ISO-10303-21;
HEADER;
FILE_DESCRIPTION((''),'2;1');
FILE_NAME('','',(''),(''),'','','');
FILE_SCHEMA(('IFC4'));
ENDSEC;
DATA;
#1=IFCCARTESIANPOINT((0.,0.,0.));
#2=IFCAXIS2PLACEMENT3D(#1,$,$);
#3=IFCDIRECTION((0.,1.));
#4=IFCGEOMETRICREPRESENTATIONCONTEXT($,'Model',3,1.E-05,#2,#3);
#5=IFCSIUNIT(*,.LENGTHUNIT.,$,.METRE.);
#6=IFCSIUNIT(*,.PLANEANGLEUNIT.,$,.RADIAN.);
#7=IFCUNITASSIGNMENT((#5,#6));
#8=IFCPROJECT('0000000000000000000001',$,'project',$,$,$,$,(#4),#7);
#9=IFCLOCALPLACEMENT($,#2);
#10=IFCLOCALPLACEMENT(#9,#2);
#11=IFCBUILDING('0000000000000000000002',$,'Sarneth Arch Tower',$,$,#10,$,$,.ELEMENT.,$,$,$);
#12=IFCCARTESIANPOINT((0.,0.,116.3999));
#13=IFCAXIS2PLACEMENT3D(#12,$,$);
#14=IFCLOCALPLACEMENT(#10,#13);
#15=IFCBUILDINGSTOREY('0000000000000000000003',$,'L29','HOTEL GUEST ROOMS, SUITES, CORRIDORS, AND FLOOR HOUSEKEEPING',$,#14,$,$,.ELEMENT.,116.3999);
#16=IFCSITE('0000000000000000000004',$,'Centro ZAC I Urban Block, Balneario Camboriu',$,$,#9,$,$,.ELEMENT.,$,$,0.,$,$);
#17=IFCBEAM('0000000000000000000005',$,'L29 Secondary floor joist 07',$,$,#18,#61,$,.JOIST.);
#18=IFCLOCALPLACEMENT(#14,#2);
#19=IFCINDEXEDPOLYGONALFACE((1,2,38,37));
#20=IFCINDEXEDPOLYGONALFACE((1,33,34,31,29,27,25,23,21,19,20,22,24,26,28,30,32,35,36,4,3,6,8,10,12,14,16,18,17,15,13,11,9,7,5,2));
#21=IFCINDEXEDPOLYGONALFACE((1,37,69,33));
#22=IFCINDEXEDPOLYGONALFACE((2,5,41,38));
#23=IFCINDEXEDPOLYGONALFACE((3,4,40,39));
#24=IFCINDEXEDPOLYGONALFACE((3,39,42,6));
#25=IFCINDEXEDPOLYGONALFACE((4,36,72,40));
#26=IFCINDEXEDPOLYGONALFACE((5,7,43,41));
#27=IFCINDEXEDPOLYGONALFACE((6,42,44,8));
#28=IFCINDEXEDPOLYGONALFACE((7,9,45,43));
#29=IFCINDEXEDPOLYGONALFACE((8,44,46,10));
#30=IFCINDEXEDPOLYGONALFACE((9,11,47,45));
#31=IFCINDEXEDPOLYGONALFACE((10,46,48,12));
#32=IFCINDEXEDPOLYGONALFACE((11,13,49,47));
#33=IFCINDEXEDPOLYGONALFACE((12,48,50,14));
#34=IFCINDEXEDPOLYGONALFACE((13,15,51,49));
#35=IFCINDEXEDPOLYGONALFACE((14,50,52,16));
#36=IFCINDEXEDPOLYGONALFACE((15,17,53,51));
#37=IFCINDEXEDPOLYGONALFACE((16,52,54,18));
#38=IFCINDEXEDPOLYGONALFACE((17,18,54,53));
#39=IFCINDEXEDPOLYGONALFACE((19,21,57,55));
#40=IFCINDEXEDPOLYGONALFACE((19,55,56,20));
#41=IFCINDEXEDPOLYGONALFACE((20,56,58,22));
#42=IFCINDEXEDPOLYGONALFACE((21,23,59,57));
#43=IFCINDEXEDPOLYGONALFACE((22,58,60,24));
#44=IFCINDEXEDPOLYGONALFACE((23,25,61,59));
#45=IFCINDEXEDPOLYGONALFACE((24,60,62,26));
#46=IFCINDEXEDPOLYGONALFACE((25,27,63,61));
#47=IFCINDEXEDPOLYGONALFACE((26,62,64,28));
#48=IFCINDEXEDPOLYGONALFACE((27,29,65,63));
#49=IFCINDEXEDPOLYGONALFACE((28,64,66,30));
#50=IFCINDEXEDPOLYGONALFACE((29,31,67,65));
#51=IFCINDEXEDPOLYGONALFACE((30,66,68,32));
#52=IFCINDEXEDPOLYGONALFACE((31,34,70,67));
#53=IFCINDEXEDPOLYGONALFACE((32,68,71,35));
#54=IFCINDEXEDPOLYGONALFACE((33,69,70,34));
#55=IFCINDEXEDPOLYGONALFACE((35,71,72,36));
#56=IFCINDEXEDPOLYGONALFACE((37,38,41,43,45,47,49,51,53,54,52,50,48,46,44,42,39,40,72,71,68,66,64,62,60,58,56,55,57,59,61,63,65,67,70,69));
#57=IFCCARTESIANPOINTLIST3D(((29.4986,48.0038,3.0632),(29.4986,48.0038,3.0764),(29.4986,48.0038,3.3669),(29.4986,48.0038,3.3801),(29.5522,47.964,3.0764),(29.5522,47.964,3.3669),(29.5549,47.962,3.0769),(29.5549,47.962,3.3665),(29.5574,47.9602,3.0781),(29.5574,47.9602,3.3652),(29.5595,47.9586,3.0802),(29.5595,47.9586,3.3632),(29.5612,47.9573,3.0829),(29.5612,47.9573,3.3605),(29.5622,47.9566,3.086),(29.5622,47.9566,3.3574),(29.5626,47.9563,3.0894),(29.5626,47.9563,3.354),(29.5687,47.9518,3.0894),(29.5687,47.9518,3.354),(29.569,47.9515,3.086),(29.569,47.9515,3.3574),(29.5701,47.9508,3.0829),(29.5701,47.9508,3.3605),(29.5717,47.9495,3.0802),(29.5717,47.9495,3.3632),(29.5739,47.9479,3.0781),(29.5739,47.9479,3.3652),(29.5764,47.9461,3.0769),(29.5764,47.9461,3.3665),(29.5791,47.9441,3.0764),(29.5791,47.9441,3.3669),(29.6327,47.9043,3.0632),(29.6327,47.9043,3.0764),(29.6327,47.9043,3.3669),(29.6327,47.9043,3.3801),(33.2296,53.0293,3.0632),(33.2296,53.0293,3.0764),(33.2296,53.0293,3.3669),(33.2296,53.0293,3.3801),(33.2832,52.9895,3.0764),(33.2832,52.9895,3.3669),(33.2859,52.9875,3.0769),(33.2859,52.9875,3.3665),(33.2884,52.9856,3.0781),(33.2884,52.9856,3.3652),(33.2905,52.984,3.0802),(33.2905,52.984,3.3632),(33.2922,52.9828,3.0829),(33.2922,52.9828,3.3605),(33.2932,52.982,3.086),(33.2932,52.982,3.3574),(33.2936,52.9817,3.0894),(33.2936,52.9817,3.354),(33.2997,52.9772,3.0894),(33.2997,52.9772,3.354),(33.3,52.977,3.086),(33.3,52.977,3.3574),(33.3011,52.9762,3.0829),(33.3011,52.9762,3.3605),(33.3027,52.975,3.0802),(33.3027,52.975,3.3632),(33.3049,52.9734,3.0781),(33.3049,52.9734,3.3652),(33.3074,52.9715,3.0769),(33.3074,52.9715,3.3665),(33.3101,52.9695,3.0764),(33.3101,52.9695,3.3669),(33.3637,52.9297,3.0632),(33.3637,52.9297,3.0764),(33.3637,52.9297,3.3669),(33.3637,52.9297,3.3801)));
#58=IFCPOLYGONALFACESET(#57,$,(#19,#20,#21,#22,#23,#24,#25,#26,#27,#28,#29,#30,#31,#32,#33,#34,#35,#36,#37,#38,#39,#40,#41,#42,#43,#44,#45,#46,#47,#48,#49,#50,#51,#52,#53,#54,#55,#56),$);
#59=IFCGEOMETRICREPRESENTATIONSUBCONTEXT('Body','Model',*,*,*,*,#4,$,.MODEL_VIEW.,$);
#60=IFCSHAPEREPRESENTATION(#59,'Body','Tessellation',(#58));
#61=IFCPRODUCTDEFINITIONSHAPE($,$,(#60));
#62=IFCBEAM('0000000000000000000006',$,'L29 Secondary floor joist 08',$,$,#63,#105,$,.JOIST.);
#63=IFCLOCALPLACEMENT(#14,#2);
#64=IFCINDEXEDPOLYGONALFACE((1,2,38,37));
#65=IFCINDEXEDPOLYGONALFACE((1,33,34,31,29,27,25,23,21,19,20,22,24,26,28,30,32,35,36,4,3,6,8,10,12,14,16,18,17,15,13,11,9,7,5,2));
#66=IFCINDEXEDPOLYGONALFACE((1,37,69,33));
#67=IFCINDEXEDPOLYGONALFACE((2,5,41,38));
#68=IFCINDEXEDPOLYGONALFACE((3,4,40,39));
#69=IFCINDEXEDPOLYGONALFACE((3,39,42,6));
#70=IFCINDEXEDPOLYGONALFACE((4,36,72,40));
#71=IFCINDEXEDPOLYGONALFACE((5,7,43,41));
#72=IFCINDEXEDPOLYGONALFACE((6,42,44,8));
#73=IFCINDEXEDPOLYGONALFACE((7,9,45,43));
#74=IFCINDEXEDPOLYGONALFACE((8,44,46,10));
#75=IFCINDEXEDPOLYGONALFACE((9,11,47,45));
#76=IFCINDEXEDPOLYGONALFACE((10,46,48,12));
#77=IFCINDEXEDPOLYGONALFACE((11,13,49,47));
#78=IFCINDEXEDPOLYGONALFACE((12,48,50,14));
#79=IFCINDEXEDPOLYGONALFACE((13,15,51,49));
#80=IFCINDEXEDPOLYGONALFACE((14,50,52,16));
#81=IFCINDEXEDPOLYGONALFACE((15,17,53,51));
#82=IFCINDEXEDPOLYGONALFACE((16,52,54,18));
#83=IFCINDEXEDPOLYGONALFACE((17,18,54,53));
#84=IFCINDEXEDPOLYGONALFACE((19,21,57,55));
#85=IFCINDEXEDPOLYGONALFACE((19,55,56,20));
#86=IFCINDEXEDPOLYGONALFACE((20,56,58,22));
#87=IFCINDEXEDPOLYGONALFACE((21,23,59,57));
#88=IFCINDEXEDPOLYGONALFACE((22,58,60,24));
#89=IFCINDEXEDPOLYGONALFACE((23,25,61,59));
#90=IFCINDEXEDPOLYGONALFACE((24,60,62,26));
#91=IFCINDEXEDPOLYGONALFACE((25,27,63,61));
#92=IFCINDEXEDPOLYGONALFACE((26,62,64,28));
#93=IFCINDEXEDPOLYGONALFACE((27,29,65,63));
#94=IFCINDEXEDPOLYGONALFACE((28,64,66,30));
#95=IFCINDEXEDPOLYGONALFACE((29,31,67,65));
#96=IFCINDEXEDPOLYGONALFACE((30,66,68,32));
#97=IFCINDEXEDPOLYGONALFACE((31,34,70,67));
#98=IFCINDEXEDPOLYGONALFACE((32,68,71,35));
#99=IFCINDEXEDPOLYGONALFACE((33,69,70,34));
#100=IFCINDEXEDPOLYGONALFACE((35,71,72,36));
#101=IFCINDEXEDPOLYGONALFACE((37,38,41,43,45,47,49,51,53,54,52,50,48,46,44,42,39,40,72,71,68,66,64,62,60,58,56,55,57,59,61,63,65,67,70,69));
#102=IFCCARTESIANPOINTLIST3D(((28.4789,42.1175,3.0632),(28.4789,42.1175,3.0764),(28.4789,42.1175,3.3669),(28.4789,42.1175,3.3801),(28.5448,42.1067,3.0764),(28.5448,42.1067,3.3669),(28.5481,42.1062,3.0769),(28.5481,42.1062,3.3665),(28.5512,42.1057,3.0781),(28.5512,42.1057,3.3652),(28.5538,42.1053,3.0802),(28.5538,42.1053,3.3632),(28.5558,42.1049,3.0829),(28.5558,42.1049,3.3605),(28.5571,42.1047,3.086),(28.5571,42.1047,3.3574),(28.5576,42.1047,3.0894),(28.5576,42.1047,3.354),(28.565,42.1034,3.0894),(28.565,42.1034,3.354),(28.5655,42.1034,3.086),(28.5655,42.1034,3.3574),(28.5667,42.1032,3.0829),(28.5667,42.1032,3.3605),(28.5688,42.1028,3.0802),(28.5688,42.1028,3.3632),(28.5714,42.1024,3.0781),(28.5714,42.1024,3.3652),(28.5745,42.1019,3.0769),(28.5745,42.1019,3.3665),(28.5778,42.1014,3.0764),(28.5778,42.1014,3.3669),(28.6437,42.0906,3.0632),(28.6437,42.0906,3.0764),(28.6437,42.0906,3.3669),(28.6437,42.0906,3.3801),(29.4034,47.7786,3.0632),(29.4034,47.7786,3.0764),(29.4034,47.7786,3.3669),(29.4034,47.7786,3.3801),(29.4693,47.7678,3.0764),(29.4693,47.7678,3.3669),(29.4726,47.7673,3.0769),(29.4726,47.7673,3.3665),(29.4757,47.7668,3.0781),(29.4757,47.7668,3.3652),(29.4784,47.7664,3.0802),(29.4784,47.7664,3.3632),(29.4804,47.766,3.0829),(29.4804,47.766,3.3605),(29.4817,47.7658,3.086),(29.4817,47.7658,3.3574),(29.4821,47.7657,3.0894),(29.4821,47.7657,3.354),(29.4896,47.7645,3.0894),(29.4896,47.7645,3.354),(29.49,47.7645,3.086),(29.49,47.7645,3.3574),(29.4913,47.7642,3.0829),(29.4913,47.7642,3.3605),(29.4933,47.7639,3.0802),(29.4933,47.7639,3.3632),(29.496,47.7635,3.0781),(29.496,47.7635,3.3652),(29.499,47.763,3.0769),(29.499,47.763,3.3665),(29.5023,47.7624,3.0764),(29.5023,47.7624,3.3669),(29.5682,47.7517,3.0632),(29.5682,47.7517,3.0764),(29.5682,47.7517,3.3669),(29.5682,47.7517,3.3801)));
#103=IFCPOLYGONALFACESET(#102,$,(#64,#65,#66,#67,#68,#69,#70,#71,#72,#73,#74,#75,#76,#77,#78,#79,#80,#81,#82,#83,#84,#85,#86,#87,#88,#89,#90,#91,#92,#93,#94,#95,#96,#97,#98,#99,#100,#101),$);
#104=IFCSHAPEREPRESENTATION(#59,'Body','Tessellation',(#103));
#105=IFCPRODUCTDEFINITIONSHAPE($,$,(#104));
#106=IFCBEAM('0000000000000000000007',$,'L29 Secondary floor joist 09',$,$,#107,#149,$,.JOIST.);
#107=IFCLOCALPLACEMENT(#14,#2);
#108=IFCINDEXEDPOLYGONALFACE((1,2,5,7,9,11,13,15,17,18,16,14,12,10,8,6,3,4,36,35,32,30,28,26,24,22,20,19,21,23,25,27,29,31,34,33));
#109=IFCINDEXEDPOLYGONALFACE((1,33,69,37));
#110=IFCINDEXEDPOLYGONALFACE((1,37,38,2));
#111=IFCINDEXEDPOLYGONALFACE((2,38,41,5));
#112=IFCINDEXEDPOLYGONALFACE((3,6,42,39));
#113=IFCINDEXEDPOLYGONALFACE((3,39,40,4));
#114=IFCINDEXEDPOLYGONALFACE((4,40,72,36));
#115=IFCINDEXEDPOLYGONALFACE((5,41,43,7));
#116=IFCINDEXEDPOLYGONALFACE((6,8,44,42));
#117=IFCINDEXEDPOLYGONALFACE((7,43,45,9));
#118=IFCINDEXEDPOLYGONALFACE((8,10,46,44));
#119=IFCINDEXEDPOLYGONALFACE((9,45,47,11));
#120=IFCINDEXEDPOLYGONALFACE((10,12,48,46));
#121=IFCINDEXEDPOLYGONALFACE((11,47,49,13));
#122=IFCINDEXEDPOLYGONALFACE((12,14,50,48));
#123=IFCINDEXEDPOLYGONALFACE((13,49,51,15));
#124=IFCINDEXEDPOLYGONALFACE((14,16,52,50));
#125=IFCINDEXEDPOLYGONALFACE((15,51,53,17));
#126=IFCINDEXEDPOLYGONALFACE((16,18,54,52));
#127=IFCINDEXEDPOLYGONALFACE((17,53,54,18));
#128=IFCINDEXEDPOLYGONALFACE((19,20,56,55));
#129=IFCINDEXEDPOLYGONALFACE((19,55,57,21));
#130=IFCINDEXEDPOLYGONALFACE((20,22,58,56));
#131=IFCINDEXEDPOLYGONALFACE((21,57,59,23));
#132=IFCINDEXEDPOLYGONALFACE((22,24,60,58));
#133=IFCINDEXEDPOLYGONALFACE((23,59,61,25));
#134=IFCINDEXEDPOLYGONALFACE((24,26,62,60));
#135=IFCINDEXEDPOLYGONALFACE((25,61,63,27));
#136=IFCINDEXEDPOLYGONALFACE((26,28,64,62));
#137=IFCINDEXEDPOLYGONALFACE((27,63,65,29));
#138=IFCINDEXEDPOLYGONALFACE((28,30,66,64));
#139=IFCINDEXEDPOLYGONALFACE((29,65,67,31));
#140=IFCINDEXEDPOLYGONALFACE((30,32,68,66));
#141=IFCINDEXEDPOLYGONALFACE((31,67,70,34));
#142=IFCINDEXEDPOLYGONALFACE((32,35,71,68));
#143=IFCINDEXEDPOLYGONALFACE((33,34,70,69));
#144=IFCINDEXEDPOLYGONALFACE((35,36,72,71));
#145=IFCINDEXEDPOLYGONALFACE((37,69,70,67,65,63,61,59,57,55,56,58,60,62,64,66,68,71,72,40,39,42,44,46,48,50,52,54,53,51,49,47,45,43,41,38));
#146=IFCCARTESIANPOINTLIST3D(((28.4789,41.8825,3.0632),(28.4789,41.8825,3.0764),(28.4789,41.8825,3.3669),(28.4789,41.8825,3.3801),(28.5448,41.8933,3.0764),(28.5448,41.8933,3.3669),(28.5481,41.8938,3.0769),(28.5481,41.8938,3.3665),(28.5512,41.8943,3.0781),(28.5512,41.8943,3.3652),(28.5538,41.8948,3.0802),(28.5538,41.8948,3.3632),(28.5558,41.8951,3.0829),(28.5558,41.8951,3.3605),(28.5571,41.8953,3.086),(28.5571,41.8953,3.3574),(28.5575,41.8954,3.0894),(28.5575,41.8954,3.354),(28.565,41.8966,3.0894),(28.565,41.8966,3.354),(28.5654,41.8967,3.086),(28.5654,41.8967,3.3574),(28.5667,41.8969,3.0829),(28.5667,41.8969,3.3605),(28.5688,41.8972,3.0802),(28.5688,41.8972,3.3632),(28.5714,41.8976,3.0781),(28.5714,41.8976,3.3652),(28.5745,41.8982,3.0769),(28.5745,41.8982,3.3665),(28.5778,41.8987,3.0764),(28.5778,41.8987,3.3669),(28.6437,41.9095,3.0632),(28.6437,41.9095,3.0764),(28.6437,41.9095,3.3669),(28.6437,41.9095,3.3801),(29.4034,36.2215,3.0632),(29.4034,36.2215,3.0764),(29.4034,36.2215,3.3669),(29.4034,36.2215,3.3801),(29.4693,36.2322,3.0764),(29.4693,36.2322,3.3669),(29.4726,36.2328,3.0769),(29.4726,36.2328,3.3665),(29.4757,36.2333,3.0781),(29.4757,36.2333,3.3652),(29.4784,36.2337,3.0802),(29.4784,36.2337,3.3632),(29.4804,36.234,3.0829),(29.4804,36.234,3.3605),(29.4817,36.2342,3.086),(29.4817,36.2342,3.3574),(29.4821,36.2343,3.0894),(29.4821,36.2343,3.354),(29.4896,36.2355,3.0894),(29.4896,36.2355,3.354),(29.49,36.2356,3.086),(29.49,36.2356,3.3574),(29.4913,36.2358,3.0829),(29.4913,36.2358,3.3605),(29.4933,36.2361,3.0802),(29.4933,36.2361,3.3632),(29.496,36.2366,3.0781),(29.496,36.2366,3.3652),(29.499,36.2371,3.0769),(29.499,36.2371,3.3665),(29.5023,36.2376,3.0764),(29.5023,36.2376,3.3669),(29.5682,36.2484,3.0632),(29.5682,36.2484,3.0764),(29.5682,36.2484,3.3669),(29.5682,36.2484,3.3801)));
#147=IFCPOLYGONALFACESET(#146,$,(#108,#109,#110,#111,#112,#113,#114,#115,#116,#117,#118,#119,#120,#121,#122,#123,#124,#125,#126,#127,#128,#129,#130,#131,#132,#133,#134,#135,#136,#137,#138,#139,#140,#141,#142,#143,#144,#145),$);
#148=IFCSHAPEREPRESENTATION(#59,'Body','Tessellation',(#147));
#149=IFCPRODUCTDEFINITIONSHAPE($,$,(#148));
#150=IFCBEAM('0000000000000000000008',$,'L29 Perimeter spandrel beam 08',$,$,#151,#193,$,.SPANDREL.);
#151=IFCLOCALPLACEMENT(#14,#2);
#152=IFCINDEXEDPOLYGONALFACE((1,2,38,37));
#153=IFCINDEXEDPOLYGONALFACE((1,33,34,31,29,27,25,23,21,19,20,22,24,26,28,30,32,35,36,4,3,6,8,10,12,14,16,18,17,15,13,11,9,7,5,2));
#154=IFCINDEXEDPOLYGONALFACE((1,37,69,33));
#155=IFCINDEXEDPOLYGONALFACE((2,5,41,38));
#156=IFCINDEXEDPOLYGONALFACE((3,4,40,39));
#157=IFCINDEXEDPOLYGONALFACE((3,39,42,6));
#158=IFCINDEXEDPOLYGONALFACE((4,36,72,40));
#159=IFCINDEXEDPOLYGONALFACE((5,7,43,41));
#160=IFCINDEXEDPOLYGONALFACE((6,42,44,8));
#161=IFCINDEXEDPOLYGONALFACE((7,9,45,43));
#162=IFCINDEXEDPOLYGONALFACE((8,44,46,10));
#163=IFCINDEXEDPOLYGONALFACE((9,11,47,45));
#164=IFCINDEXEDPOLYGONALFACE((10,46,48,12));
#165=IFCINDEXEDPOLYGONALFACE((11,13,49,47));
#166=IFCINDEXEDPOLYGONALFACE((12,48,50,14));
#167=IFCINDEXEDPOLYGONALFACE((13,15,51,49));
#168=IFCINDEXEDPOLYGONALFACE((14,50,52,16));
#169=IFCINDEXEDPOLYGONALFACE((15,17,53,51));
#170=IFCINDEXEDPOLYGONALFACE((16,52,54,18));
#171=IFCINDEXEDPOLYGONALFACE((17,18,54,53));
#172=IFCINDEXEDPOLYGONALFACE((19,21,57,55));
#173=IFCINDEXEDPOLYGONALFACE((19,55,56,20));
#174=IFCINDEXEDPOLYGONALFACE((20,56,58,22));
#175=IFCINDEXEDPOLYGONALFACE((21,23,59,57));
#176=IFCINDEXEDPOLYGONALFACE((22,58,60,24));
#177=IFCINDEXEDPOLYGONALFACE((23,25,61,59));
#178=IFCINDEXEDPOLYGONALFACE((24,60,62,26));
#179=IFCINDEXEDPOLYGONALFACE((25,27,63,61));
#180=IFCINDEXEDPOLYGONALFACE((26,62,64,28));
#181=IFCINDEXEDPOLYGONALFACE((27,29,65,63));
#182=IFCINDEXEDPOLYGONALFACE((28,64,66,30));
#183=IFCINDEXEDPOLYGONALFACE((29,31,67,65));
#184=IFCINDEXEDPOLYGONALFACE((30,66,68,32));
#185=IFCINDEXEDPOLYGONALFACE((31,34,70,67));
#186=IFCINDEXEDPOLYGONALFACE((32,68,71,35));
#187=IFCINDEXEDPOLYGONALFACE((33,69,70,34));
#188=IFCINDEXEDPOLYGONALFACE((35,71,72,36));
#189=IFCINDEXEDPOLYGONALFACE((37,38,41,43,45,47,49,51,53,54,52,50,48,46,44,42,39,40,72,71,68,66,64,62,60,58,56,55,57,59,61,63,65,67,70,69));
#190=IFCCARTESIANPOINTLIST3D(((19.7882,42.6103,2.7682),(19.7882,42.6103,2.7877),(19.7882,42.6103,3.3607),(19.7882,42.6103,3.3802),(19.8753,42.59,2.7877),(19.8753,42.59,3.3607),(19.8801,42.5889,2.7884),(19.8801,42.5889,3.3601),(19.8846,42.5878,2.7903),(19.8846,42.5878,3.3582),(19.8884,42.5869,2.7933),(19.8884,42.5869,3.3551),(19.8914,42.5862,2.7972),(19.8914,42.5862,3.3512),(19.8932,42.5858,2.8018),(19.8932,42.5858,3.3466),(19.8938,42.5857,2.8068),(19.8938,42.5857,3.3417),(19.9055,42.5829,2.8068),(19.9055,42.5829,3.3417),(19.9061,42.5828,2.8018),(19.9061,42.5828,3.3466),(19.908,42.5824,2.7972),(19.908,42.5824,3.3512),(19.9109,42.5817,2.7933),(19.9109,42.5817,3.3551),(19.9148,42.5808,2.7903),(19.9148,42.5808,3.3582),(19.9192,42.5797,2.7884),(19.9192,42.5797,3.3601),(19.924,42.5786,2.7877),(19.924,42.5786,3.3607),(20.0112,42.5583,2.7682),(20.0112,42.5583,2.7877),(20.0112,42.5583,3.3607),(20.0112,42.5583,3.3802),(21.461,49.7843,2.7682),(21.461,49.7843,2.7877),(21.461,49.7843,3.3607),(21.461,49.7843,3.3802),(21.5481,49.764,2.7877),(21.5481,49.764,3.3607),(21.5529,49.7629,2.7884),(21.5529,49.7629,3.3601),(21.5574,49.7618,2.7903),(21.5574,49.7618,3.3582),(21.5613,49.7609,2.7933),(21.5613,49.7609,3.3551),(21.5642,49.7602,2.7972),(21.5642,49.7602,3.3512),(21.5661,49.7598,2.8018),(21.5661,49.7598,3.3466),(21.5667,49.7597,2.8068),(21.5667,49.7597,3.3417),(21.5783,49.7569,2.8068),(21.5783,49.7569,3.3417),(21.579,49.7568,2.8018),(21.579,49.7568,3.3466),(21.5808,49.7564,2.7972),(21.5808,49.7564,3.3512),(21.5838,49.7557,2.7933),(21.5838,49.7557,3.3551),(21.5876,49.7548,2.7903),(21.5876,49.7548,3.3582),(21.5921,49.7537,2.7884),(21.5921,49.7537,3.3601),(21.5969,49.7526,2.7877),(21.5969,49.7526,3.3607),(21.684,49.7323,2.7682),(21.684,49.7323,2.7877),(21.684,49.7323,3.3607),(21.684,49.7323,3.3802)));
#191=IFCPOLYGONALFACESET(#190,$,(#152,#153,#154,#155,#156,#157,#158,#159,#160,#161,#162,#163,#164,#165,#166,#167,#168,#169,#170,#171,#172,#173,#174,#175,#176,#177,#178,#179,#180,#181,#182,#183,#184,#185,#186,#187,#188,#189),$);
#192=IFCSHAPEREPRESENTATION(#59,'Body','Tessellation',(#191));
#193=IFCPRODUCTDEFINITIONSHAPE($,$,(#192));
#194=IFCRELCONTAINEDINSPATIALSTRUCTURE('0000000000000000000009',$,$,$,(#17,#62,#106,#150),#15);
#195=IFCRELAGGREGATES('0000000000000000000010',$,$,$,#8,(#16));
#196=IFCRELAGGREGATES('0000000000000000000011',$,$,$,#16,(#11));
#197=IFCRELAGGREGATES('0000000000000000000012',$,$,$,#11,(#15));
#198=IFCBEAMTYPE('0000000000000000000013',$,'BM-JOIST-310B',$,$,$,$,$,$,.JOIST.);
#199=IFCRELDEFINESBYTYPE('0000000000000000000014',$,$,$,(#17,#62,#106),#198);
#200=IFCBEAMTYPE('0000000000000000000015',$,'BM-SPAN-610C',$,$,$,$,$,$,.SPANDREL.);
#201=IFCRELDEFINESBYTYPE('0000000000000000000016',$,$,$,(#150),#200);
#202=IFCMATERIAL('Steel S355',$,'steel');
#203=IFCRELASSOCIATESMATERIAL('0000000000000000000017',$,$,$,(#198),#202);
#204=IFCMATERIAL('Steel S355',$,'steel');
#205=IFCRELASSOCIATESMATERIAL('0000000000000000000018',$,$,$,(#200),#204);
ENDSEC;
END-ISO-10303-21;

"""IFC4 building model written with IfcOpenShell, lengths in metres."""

from ifc_helpers import new_model, si_unit, direction, frame, origin, origin_2d, place, context, subcontext, project, spatial, i_section, extrude, material, material_profile, profile_set, type_object, element, save


model = new_model("IFC4")

# Units and contexts
model_context = context("Model", 3, precision=1e-05, world=origin(), true_north=direction((0.0, 1.0)))
body_context = subcontext(model_context, "Body", "Model", "MODEL_VIEW")
ifc_project = project(units=[si_unit("LENGTHUNIT", "METRE"), si_unit("PLANEANGLEUNIT", "RADIAN")], contexts=[model_context])

# Site, building, storey
site_placement = place(None, origin())
site = spatial("IfcSite", under=ifc_project, at=site_placement, Name="Centro ZAC I Urban Block, Balneario Camboriu", CompositionType="ELEMENT", RefElevation=0.0)
building_placement = place(site_placement, origin())
building = spatial("IfcBuilding", under=site, at=building_placement, Name="Sarneth Arch Tower", CompositionType="ELEMENT")
storey_placement = place(building_placement, frame((0.0, 0.0, 116.3999)))
storey = spatial("IfcBuildingStorey", under=building, at=storey_placement, Name="L29", Description="HOTEL GUEST ROOMS, SUITES, CORRIDORS, AND FLOOR HOUSEKEEPING", CompositionType="ELEMENT", Elevation=116.3999)

# Beams
ifc_material_1 = material(Name="Steel S355", Category="steel")
ifc_material_profile_1 = material_profile(ifc_material_1, i_section(OverallWidth=0.167, OverallDepth=0.3169, WebThickness=0.0076, FlangeThickness=0.0132, FilletRadius=0.0129, at=origin_2d()), Name="W310x52")
ifc_profile_set_1 = profile_set([ifc_material_profile_1], Name="Steel S355")
beam_type_1 = type_object("IfcBeamType", Name="BM-JOIST-310B", PredefinedType="JOIST", material=ifc_profile_set_1)
beam_1_placement = place(storey_placement, frame((33.2966, 52.9795, 3.2217), z_axis=(-0.596098, -0.802911, 0.0), x_axis=(0.802911, -0.596098, 0.0)))
element("IfcBeam", 1, at=beam_1_placement, inside=storey, type_object=beam_type_1, Name="L29 Secondary floor joist 07", PredefinedType="JOIST", context=body_context, shape_type="SweptSolid", body=[
    extrude(i_section(OverallWidth=0.167, OverallDepth=0.3169, WebThickness=0.0076, FlangeThickness=0.0132, FilletRadius=0.0129, at=origin_2d()), origin(), (0.0, 0.0, 1.0), 6.259),
])
for number, where, z_axis, x_axis, name in (
    (2, (29.4858, 47.7651, 3.2217), (-0.161182, -0.986925, 0.0), (0.986925, -0.161182, 0.0), "L29 Secondary floor joist 08"),
    (3, (28.5613, 41.896, 3.2217), (0.161182, -0.986925, 0.0), (0.986925, 0.161182, 0.0), "L29 Secondary floor joist 09"),
):
    element("IfcBeam", number, at=place(storey_placement, frame(where, z_axis=z_axis, x_axis=x_axis)), inside=storey, type_object=beam_type_1, Name=name, PredefinedType="JOIST", context=body_context, shape_type="SweptSolid", body=[
        extrude(i_section(OverallWidth=0.167, OverallDepth=0.3169, WebThickness=0.0076, FlangeThickness=0.0132, FilletRadius=0.0129, at=origin_2d()), origin(), (0.0, 0.0, 1.0), 5.7361),
    ])
ifc_material_2 = material(Name="Steel S355", Category="steel")
ifc_material_profile_2 = material_profile(ifc_material_2, i_section(OverallWidth=0.229, OverallDepth=0.6121, WebThickness=0.012, FlangeThickness=0.0195, FilletRadius=0.019, at=origin_2d()), Name="W610x125")
ifc_profile_set_2 = profile_set([ifc_material_profile_2], Name="Steel S355")
beam_type_2 = type_object("IfcBeamType", Name="BM-SPAN-610C", PredefinedType="SPANDREL", material=ifc_profile_set_2)
beam_2_placement = place(storey_placement, frame((21.5725, 49.7583, 3.0742), z_axis=(-0.227088, -0.973874, 0.0), x_axis=(0.973874, -0.227088, 0.0)))
element("IfcBeam", 4, at=beam_2_placement, inside=storey, type_object=beam_type_2, Name="L29 Perimeter spandrel beam 08", PredefinedType="SPANDREL", context=body_context, shape_type="SweptSolid", body=[
    extrude(i_section(OverallWidth=0.229, OverallDepth=0.6121, WebThickness=0.012, FlangeThickness=0.0195, FilletRadius=0.019, at=origin_2d()), origin(), (0.0, 0.0, 1.0), 7.3665),
])

save(model, "model.ifc")
